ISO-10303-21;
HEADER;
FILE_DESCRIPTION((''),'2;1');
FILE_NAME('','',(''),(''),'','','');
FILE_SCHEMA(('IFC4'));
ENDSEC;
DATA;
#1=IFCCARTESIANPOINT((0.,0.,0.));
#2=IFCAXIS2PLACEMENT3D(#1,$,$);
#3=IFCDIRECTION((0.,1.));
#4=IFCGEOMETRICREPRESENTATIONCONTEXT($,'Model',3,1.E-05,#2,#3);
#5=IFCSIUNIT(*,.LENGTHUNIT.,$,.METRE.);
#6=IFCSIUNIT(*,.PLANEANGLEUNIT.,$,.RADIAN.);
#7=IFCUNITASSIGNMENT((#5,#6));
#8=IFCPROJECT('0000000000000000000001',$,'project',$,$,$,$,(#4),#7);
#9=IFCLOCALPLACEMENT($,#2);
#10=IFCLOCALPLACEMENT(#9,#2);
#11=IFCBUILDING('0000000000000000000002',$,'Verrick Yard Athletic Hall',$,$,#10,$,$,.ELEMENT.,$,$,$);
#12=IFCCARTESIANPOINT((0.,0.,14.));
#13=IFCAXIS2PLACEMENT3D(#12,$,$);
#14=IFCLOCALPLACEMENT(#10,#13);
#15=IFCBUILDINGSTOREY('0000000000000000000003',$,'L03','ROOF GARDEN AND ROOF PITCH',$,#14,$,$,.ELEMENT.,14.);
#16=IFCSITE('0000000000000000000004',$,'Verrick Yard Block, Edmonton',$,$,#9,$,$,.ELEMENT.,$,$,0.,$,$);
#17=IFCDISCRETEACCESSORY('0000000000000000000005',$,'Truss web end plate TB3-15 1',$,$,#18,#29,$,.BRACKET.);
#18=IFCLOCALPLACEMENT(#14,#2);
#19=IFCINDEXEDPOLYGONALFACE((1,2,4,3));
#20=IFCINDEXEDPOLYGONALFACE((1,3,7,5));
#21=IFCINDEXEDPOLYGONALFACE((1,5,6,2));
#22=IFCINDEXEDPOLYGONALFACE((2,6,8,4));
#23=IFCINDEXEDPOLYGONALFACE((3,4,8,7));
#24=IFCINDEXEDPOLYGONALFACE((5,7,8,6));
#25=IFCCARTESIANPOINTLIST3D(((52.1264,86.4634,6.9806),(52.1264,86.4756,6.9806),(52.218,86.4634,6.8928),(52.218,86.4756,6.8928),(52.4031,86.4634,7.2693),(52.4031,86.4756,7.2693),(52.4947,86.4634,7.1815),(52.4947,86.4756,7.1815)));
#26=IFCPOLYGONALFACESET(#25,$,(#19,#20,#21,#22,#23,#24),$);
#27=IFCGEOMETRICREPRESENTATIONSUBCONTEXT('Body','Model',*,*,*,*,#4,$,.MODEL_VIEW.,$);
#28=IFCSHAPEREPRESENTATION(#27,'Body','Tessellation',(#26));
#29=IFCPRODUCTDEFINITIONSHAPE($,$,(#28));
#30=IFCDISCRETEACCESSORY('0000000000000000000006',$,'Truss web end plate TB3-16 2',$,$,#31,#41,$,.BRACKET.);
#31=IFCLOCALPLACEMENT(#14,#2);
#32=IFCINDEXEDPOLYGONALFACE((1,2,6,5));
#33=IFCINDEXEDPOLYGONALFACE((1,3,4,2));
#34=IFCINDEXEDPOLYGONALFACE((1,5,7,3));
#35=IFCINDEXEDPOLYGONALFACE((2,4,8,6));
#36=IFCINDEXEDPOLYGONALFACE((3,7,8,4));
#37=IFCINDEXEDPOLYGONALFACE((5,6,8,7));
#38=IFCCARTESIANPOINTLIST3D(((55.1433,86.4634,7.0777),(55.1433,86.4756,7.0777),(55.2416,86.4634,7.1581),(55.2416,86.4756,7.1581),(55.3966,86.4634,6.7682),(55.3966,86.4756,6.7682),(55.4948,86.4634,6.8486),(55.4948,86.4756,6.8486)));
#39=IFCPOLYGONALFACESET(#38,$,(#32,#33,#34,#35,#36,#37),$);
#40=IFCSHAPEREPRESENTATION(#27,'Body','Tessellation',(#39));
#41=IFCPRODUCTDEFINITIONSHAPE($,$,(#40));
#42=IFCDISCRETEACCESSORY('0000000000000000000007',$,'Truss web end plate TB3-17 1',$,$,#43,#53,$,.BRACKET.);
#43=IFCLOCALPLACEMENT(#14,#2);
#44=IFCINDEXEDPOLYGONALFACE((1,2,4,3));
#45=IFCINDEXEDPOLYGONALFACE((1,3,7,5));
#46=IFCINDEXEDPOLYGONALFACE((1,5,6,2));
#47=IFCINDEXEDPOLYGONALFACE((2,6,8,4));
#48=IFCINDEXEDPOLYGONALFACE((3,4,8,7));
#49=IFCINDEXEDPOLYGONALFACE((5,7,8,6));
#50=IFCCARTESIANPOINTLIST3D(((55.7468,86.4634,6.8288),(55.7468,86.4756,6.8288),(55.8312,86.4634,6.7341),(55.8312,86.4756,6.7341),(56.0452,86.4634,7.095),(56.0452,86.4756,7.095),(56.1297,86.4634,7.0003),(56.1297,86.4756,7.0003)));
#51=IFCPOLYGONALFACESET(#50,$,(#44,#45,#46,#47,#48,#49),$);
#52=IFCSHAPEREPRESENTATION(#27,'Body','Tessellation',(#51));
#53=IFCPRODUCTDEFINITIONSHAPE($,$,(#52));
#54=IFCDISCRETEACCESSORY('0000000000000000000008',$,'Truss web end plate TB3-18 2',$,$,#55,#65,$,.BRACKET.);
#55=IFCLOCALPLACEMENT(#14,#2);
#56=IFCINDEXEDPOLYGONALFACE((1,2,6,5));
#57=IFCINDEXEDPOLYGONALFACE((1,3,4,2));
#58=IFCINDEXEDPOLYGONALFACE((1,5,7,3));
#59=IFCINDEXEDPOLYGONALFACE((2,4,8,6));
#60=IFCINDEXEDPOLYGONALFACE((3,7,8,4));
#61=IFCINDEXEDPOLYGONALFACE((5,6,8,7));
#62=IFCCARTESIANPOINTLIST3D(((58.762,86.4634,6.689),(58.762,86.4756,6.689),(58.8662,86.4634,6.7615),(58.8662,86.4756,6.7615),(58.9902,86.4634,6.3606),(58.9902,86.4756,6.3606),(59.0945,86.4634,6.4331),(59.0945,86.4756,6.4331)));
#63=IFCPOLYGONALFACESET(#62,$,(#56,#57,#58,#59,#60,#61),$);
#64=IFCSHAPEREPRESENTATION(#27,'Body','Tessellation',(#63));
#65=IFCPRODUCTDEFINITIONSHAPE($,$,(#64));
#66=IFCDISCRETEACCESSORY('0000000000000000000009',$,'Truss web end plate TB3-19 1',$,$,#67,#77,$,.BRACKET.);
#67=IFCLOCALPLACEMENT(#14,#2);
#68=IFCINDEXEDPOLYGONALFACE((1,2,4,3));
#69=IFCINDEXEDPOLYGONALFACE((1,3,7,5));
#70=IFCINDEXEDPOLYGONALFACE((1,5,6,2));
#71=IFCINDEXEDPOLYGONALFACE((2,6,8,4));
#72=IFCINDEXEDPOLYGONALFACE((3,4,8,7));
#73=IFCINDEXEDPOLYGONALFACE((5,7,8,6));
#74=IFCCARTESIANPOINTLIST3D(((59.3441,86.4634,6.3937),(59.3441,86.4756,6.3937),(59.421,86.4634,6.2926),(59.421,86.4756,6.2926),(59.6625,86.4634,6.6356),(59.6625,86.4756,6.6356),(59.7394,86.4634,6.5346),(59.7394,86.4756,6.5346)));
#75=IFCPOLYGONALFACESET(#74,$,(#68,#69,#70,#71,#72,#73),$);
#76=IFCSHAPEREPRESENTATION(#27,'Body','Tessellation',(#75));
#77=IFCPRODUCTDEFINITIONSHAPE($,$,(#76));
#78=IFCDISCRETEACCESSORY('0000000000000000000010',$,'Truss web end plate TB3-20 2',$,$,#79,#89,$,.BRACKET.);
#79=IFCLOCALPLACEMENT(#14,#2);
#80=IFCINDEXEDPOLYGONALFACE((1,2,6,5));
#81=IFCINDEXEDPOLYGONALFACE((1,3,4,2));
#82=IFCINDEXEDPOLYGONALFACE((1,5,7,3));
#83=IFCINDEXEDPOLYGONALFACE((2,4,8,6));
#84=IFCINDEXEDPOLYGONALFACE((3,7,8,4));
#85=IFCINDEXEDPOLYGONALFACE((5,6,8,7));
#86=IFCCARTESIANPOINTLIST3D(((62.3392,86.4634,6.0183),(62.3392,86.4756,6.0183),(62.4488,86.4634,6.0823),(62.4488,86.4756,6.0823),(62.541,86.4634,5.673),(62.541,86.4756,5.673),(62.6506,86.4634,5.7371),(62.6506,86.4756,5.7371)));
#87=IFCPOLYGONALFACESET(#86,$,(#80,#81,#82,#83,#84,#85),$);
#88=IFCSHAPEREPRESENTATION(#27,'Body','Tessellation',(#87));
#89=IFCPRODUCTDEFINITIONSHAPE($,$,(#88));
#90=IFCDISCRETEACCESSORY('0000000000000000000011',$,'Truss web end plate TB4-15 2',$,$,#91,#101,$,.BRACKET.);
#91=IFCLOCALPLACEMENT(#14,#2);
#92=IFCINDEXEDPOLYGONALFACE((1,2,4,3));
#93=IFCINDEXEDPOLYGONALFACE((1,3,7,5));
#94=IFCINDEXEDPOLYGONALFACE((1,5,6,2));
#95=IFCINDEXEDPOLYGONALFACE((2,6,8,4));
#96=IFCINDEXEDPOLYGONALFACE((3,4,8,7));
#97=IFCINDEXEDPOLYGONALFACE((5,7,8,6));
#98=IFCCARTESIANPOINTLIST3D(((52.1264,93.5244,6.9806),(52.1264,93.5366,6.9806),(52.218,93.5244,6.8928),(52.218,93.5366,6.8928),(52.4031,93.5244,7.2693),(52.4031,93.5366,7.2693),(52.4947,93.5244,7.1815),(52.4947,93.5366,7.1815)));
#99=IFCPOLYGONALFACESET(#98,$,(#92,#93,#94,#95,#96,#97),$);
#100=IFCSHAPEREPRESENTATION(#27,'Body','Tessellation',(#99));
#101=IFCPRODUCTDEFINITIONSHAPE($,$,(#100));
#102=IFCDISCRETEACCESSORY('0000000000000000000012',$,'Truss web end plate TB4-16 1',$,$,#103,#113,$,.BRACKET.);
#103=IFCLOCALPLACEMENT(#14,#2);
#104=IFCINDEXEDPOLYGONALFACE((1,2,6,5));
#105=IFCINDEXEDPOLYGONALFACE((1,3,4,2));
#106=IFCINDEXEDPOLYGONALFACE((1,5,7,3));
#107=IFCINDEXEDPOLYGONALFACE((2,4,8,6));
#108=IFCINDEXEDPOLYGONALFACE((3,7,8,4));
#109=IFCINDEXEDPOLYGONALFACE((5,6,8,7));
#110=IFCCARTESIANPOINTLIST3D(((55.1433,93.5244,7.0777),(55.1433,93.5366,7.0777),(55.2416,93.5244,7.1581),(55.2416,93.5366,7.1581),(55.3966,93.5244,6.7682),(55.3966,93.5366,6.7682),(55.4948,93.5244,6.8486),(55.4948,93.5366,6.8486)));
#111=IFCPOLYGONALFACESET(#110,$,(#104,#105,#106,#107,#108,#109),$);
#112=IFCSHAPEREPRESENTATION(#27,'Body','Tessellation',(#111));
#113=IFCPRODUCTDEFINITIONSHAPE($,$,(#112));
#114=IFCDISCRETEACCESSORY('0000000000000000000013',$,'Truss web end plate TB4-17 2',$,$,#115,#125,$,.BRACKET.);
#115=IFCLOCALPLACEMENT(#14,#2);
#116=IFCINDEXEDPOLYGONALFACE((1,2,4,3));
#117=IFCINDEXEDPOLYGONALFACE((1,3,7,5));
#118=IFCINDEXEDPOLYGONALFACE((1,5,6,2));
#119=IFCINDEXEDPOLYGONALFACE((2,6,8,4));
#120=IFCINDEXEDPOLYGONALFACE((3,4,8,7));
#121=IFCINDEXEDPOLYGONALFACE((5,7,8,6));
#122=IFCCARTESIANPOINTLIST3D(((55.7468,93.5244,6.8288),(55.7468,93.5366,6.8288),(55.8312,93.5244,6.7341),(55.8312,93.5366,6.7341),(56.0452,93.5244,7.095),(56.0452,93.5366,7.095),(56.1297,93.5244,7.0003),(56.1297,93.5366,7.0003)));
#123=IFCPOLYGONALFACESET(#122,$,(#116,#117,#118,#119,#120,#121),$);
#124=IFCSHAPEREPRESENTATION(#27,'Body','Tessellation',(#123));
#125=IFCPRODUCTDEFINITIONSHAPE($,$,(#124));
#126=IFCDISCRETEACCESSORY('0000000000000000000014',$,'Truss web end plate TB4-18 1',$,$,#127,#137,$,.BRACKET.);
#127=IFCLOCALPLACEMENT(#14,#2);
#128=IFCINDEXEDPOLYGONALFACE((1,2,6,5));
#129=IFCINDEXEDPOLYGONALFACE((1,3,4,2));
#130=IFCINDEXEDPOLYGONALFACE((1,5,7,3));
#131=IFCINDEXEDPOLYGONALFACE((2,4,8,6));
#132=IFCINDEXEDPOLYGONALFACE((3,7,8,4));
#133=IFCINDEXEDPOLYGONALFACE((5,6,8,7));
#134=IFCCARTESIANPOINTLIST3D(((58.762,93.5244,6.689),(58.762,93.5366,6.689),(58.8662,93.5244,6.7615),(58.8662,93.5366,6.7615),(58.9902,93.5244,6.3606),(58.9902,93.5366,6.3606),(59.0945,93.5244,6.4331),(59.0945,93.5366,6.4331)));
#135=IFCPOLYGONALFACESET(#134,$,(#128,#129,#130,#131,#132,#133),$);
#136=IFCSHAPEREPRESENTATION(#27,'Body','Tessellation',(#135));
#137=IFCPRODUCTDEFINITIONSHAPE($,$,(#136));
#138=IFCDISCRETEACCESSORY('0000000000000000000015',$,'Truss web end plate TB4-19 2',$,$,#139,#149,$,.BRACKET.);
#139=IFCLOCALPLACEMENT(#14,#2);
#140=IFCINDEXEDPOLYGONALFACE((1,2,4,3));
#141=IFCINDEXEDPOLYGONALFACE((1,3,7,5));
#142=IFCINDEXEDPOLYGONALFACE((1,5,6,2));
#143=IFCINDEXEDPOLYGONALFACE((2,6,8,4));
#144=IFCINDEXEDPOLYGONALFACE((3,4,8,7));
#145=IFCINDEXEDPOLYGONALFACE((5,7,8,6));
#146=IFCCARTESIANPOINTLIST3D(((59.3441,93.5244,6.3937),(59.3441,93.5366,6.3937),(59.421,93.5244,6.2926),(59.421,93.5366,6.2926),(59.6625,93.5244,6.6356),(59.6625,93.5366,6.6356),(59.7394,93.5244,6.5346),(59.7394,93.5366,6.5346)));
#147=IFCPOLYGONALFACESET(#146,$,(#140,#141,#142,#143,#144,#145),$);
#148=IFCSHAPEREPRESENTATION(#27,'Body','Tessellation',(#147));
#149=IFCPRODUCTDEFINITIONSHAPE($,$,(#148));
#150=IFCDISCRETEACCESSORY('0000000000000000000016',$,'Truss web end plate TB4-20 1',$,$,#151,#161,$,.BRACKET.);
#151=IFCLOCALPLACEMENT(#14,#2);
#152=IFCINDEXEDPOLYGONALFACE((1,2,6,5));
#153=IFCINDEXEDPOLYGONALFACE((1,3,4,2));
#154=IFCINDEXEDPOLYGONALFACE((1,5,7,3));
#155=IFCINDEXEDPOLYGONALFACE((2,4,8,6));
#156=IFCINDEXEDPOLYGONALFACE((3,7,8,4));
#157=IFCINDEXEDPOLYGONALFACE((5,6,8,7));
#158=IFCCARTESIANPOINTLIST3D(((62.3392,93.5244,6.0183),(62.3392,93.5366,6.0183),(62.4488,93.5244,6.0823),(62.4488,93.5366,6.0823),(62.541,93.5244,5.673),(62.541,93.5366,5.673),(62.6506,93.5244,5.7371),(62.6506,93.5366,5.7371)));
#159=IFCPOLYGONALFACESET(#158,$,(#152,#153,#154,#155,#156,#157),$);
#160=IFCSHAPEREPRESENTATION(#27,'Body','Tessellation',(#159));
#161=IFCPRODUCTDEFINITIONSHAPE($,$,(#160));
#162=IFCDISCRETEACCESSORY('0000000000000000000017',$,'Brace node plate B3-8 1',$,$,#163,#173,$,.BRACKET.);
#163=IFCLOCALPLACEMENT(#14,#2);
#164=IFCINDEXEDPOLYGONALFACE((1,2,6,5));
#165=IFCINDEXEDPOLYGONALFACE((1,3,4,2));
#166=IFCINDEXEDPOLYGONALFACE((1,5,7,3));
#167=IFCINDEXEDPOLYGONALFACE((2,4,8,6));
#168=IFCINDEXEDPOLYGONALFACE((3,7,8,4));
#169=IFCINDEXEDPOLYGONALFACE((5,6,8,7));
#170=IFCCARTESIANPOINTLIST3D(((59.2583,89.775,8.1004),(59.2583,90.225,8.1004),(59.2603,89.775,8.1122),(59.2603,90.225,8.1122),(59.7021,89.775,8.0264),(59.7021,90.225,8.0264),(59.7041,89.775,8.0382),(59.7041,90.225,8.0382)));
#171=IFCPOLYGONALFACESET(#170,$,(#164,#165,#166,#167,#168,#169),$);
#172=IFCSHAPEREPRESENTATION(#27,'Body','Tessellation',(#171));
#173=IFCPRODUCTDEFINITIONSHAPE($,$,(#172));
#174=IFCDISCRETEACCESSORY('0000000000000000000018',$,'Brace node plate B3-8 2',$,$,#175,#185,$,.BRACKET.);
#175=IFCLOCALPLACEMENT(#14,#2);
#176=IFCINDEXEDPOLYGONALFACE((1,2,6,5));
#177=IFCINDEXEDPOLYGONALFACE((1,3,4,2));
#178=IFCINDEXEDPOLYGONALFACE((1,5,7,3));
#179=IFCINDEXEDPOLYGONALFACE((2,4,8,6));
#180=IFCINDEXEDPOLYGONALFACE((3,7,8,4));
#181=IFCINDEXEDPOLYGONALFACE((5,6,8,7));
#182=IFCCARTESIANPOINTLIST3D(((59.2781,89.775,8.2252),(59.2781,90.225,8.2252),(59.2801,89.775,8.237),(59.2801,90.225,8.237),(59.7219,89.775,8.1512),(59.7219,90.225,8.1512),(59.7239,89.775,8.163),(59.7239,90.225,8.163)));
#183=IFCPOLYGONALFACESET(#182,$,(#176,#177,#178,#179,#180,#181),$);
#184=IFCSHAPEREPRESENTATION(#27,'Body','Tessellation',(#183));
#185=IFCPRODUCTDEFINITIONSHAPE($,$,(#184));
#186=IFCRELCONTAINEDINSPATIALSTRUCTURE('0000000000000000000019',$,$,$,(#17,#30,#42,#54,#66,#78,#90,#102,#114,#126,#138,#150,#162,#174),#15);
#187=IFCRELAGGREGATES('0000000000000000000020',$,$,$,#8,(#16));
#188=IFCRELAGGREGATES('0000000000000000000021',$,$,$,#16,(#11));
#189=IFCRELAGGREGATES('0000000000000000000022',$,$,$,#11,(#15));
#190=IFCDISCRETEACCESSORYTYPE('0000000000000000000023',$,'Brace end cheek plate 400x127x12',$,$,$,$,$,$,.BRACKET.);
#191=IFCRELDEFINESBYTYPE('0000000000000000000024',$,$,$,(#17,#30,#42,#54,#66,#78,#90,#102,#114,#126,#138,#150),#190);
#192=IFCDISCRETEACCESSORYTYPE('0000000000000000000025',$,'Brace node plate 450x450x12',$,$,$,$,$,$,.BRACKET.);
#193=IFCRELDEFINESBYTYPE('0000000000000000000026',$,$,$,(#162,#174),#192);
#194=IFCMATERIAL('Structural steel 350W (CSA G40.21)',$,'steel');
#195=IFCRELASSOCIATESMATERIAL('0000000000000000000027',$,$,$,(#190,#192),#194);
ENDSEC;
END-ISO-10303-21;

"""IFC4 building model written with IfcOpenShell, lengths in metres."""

from ifc_helpers import new_model, si_unit, direction, frame, origin, origin_2d, place, context, subcontext, project, spatial, rectangle, extrude, material, material_profile, profile_set, type_object, element, save


model = new_model("IFC4")

# Units and contexts
model_context = context("Model", 3, precision=1e-05, world=origin(), true_north=direction((0.0, 1.0)))
body_context = subcontext(model_context, "Body", "Model", "MODEL_VIEW")
ifc_project = project(units=[si_unit("LENGTHUNIT", "METRE"), si_unit("PLANEANGLEUNIT", "RADIAN")], contexts=[model_context])

# Site, building, storey
site_placement = place(None, origin())
site = spatial("IfcSite", under=ifc_project, at=site_placement, Name="Verrick Yard Block, Edmonton", CompositionType="ELEMENT", RefElevation=0.0)
building_placement = place(site_placement, origin())
building = spatial("IfcBuilding", under=site, at=building_placement, Name="Verrick Yard Athletic Hall", CompositionType="ELEMENT")
storey_placement = place(building_placement, frame((0.0, 0.0, 14.0)))
storey = spatial("IfcBuildingStorey", under=building, at=storey_placement, Name="L03", Description="ROOF GARDEN AND ROOF PITCH", CompositionType="ELEMENT", Elevation=14.0)

# Discrete accessories
ifc_material_1 = material(Name="Structural steel 350W (CSA G40.21)", Category="steel")
ifc_material_profile_1 = material_profile(ifc_material_1, rectangle(XDim=0.3999, YDim=0.127, at=origin_2d()), Name="Brace end cheek plate")
ifc_profile_set_1 = profile_set([ifc_material_profile_1], Name="Structural steel 350W (CSA G40.21)")
discrete_accessory_type_1 = type_object("IfcDiscreteAccessoryType", Name="Brace end cheek plate 400x127x12", PredefinedType="BRACKET", material=ifc_profile_set_1)
for number, where, z_axis, x_axis, name in (
    (1, (52.3105, 86.4634, 7.0811), (0.0, 1.0, 0.0), (0.691925, 0.0, 0.721969), "Truss web end plate TB3-15 1"),
    (2, (55.3191, 86.4634, 6.9631), (0.0, 1.0, 0.0), (-0.633246, 0.0, 0.773951), "Truss web end plate TB3-16 2"),
    (3, (55.9382, 86.4634, 6.9146), (0.0, 1.0, 0.0), (0.746352, 0.0, 0.665551), "Truss web end plate TB3-17 1"),
    (4, (58.9282, 86.4634, 6.561), (0.0, 1.0, 0.0), (-0.570674, 0.0, 0.821176), "Truss web end plate TB3-18 2"),
    (5, (59.5417, 86.4634, 6.4641), (0.0, 1.0, 0.0), (0.796193, 0.0, 0.605042), "Truss web end plate TB3-19 1"),
    (6, (62.4949, 86.4634, 5.8777), (0.0, 1.0, 0.0), (-0.504597, 0.0, 0.863355), "Truss web end plate TB3-20 2"),
    (7, (52.3105, 93.5366, 7.0811), (0.0, -1.0, 0.0), (0.691925, 0.0, 0.721969), "Truss web end plate TB4-15 2"),
    (8, (55.3191, 93.5366, 6.9631), (0.0, -1.0, 0.0), (-0.633246, 0.0, 0.773951), "Truss web end plate TB4-16 1"),
    (9, (55.9382, 93.5366, 6.9146), (0.0, -1.0, 0.0), (0.746352, 0.0, 0.665551), "Truss web end plate TB4-17 2"),
    (10, (58.9282, 93.5366, 6.561), (0.0, -1.0, 0.0), (-0.570674, 0.0, 0.821176), "Truss web end plate TB4-18 1"),
    (11, (59.5417, 93.5366, 6.4641), (0.0, -1.0, 0.0), (0.796193, 0.0, 0.605042), "Truss web end plate TB4-19 2"),
    (12, (62.4949, 93.5366, 5.8777), (0.0, -1.0, 0.0), (-0.504597, 0.0, 0.863355), "Truss web end plate TB4-20 1"),
):
    element("IfcDiscreteAccessory", number, at=place(storey_placement, frame(where, z_axis=z_axis, x_axis=x_axis)), inside=storey, type_object=discrete_accessory_type_1, Name=name, PredefinedType="BRACKET", context=body_context, shape_type="SweptSolid", body=[
        extrude(rectangle(XDim=0.3999, YDim=0.127, at=origin_2d()), origin(), (0.0, 0.0, 1.0), 0.0122),
    ])
ifc_material_profile_2 = material_profile(ifc_material_1, rectangle(XDim=0.45, YDim=0.45, at=origin_2d()), Name="Brace node plate")
ifc_profile_set_2 = profile_set([ifc_material_profile_2], Name="Structural steel 350W (CSA G40.21)")
discrete_accessory_type_2 = type_object("IfcDiscreteAccessoryType", Name="Brace node plate 450x450x12", PredefinedType="BRACKET", material=ifc_profile_set_2)
for number, where, z_axis, x_axis, name in (
    (13, (59.4822, 90.0, 8.0752), (-0.164399, 0.0, -0.986394), (0.0, -1.0, 0.0), "Brace node plate B3-8 1"),
    (14, (59.5, 90.0, 8.1882), (0.164399, 0.0, 0.986394), (0.0, 1.0, 0.0), "Brace node plate B3-8 2"),
):
    element("IfcDiscreteAccessory", number, at=place(storey_placement, frame(where, z_axis=z_axis, x_axis=x_axis)), inside=storey, type_object=discrete_accessory_type_2, Name=name, PredefinedType="BRACKET", context=body_context, shape_type="SweptSolid", body=[
        extrude(rectangle(XDim=0.45, YDim=0.45, at=origin_2d()), origin(), (0.0, 0.0, 1.0), 0.012),
    ])

save(model, "model.ifc")
